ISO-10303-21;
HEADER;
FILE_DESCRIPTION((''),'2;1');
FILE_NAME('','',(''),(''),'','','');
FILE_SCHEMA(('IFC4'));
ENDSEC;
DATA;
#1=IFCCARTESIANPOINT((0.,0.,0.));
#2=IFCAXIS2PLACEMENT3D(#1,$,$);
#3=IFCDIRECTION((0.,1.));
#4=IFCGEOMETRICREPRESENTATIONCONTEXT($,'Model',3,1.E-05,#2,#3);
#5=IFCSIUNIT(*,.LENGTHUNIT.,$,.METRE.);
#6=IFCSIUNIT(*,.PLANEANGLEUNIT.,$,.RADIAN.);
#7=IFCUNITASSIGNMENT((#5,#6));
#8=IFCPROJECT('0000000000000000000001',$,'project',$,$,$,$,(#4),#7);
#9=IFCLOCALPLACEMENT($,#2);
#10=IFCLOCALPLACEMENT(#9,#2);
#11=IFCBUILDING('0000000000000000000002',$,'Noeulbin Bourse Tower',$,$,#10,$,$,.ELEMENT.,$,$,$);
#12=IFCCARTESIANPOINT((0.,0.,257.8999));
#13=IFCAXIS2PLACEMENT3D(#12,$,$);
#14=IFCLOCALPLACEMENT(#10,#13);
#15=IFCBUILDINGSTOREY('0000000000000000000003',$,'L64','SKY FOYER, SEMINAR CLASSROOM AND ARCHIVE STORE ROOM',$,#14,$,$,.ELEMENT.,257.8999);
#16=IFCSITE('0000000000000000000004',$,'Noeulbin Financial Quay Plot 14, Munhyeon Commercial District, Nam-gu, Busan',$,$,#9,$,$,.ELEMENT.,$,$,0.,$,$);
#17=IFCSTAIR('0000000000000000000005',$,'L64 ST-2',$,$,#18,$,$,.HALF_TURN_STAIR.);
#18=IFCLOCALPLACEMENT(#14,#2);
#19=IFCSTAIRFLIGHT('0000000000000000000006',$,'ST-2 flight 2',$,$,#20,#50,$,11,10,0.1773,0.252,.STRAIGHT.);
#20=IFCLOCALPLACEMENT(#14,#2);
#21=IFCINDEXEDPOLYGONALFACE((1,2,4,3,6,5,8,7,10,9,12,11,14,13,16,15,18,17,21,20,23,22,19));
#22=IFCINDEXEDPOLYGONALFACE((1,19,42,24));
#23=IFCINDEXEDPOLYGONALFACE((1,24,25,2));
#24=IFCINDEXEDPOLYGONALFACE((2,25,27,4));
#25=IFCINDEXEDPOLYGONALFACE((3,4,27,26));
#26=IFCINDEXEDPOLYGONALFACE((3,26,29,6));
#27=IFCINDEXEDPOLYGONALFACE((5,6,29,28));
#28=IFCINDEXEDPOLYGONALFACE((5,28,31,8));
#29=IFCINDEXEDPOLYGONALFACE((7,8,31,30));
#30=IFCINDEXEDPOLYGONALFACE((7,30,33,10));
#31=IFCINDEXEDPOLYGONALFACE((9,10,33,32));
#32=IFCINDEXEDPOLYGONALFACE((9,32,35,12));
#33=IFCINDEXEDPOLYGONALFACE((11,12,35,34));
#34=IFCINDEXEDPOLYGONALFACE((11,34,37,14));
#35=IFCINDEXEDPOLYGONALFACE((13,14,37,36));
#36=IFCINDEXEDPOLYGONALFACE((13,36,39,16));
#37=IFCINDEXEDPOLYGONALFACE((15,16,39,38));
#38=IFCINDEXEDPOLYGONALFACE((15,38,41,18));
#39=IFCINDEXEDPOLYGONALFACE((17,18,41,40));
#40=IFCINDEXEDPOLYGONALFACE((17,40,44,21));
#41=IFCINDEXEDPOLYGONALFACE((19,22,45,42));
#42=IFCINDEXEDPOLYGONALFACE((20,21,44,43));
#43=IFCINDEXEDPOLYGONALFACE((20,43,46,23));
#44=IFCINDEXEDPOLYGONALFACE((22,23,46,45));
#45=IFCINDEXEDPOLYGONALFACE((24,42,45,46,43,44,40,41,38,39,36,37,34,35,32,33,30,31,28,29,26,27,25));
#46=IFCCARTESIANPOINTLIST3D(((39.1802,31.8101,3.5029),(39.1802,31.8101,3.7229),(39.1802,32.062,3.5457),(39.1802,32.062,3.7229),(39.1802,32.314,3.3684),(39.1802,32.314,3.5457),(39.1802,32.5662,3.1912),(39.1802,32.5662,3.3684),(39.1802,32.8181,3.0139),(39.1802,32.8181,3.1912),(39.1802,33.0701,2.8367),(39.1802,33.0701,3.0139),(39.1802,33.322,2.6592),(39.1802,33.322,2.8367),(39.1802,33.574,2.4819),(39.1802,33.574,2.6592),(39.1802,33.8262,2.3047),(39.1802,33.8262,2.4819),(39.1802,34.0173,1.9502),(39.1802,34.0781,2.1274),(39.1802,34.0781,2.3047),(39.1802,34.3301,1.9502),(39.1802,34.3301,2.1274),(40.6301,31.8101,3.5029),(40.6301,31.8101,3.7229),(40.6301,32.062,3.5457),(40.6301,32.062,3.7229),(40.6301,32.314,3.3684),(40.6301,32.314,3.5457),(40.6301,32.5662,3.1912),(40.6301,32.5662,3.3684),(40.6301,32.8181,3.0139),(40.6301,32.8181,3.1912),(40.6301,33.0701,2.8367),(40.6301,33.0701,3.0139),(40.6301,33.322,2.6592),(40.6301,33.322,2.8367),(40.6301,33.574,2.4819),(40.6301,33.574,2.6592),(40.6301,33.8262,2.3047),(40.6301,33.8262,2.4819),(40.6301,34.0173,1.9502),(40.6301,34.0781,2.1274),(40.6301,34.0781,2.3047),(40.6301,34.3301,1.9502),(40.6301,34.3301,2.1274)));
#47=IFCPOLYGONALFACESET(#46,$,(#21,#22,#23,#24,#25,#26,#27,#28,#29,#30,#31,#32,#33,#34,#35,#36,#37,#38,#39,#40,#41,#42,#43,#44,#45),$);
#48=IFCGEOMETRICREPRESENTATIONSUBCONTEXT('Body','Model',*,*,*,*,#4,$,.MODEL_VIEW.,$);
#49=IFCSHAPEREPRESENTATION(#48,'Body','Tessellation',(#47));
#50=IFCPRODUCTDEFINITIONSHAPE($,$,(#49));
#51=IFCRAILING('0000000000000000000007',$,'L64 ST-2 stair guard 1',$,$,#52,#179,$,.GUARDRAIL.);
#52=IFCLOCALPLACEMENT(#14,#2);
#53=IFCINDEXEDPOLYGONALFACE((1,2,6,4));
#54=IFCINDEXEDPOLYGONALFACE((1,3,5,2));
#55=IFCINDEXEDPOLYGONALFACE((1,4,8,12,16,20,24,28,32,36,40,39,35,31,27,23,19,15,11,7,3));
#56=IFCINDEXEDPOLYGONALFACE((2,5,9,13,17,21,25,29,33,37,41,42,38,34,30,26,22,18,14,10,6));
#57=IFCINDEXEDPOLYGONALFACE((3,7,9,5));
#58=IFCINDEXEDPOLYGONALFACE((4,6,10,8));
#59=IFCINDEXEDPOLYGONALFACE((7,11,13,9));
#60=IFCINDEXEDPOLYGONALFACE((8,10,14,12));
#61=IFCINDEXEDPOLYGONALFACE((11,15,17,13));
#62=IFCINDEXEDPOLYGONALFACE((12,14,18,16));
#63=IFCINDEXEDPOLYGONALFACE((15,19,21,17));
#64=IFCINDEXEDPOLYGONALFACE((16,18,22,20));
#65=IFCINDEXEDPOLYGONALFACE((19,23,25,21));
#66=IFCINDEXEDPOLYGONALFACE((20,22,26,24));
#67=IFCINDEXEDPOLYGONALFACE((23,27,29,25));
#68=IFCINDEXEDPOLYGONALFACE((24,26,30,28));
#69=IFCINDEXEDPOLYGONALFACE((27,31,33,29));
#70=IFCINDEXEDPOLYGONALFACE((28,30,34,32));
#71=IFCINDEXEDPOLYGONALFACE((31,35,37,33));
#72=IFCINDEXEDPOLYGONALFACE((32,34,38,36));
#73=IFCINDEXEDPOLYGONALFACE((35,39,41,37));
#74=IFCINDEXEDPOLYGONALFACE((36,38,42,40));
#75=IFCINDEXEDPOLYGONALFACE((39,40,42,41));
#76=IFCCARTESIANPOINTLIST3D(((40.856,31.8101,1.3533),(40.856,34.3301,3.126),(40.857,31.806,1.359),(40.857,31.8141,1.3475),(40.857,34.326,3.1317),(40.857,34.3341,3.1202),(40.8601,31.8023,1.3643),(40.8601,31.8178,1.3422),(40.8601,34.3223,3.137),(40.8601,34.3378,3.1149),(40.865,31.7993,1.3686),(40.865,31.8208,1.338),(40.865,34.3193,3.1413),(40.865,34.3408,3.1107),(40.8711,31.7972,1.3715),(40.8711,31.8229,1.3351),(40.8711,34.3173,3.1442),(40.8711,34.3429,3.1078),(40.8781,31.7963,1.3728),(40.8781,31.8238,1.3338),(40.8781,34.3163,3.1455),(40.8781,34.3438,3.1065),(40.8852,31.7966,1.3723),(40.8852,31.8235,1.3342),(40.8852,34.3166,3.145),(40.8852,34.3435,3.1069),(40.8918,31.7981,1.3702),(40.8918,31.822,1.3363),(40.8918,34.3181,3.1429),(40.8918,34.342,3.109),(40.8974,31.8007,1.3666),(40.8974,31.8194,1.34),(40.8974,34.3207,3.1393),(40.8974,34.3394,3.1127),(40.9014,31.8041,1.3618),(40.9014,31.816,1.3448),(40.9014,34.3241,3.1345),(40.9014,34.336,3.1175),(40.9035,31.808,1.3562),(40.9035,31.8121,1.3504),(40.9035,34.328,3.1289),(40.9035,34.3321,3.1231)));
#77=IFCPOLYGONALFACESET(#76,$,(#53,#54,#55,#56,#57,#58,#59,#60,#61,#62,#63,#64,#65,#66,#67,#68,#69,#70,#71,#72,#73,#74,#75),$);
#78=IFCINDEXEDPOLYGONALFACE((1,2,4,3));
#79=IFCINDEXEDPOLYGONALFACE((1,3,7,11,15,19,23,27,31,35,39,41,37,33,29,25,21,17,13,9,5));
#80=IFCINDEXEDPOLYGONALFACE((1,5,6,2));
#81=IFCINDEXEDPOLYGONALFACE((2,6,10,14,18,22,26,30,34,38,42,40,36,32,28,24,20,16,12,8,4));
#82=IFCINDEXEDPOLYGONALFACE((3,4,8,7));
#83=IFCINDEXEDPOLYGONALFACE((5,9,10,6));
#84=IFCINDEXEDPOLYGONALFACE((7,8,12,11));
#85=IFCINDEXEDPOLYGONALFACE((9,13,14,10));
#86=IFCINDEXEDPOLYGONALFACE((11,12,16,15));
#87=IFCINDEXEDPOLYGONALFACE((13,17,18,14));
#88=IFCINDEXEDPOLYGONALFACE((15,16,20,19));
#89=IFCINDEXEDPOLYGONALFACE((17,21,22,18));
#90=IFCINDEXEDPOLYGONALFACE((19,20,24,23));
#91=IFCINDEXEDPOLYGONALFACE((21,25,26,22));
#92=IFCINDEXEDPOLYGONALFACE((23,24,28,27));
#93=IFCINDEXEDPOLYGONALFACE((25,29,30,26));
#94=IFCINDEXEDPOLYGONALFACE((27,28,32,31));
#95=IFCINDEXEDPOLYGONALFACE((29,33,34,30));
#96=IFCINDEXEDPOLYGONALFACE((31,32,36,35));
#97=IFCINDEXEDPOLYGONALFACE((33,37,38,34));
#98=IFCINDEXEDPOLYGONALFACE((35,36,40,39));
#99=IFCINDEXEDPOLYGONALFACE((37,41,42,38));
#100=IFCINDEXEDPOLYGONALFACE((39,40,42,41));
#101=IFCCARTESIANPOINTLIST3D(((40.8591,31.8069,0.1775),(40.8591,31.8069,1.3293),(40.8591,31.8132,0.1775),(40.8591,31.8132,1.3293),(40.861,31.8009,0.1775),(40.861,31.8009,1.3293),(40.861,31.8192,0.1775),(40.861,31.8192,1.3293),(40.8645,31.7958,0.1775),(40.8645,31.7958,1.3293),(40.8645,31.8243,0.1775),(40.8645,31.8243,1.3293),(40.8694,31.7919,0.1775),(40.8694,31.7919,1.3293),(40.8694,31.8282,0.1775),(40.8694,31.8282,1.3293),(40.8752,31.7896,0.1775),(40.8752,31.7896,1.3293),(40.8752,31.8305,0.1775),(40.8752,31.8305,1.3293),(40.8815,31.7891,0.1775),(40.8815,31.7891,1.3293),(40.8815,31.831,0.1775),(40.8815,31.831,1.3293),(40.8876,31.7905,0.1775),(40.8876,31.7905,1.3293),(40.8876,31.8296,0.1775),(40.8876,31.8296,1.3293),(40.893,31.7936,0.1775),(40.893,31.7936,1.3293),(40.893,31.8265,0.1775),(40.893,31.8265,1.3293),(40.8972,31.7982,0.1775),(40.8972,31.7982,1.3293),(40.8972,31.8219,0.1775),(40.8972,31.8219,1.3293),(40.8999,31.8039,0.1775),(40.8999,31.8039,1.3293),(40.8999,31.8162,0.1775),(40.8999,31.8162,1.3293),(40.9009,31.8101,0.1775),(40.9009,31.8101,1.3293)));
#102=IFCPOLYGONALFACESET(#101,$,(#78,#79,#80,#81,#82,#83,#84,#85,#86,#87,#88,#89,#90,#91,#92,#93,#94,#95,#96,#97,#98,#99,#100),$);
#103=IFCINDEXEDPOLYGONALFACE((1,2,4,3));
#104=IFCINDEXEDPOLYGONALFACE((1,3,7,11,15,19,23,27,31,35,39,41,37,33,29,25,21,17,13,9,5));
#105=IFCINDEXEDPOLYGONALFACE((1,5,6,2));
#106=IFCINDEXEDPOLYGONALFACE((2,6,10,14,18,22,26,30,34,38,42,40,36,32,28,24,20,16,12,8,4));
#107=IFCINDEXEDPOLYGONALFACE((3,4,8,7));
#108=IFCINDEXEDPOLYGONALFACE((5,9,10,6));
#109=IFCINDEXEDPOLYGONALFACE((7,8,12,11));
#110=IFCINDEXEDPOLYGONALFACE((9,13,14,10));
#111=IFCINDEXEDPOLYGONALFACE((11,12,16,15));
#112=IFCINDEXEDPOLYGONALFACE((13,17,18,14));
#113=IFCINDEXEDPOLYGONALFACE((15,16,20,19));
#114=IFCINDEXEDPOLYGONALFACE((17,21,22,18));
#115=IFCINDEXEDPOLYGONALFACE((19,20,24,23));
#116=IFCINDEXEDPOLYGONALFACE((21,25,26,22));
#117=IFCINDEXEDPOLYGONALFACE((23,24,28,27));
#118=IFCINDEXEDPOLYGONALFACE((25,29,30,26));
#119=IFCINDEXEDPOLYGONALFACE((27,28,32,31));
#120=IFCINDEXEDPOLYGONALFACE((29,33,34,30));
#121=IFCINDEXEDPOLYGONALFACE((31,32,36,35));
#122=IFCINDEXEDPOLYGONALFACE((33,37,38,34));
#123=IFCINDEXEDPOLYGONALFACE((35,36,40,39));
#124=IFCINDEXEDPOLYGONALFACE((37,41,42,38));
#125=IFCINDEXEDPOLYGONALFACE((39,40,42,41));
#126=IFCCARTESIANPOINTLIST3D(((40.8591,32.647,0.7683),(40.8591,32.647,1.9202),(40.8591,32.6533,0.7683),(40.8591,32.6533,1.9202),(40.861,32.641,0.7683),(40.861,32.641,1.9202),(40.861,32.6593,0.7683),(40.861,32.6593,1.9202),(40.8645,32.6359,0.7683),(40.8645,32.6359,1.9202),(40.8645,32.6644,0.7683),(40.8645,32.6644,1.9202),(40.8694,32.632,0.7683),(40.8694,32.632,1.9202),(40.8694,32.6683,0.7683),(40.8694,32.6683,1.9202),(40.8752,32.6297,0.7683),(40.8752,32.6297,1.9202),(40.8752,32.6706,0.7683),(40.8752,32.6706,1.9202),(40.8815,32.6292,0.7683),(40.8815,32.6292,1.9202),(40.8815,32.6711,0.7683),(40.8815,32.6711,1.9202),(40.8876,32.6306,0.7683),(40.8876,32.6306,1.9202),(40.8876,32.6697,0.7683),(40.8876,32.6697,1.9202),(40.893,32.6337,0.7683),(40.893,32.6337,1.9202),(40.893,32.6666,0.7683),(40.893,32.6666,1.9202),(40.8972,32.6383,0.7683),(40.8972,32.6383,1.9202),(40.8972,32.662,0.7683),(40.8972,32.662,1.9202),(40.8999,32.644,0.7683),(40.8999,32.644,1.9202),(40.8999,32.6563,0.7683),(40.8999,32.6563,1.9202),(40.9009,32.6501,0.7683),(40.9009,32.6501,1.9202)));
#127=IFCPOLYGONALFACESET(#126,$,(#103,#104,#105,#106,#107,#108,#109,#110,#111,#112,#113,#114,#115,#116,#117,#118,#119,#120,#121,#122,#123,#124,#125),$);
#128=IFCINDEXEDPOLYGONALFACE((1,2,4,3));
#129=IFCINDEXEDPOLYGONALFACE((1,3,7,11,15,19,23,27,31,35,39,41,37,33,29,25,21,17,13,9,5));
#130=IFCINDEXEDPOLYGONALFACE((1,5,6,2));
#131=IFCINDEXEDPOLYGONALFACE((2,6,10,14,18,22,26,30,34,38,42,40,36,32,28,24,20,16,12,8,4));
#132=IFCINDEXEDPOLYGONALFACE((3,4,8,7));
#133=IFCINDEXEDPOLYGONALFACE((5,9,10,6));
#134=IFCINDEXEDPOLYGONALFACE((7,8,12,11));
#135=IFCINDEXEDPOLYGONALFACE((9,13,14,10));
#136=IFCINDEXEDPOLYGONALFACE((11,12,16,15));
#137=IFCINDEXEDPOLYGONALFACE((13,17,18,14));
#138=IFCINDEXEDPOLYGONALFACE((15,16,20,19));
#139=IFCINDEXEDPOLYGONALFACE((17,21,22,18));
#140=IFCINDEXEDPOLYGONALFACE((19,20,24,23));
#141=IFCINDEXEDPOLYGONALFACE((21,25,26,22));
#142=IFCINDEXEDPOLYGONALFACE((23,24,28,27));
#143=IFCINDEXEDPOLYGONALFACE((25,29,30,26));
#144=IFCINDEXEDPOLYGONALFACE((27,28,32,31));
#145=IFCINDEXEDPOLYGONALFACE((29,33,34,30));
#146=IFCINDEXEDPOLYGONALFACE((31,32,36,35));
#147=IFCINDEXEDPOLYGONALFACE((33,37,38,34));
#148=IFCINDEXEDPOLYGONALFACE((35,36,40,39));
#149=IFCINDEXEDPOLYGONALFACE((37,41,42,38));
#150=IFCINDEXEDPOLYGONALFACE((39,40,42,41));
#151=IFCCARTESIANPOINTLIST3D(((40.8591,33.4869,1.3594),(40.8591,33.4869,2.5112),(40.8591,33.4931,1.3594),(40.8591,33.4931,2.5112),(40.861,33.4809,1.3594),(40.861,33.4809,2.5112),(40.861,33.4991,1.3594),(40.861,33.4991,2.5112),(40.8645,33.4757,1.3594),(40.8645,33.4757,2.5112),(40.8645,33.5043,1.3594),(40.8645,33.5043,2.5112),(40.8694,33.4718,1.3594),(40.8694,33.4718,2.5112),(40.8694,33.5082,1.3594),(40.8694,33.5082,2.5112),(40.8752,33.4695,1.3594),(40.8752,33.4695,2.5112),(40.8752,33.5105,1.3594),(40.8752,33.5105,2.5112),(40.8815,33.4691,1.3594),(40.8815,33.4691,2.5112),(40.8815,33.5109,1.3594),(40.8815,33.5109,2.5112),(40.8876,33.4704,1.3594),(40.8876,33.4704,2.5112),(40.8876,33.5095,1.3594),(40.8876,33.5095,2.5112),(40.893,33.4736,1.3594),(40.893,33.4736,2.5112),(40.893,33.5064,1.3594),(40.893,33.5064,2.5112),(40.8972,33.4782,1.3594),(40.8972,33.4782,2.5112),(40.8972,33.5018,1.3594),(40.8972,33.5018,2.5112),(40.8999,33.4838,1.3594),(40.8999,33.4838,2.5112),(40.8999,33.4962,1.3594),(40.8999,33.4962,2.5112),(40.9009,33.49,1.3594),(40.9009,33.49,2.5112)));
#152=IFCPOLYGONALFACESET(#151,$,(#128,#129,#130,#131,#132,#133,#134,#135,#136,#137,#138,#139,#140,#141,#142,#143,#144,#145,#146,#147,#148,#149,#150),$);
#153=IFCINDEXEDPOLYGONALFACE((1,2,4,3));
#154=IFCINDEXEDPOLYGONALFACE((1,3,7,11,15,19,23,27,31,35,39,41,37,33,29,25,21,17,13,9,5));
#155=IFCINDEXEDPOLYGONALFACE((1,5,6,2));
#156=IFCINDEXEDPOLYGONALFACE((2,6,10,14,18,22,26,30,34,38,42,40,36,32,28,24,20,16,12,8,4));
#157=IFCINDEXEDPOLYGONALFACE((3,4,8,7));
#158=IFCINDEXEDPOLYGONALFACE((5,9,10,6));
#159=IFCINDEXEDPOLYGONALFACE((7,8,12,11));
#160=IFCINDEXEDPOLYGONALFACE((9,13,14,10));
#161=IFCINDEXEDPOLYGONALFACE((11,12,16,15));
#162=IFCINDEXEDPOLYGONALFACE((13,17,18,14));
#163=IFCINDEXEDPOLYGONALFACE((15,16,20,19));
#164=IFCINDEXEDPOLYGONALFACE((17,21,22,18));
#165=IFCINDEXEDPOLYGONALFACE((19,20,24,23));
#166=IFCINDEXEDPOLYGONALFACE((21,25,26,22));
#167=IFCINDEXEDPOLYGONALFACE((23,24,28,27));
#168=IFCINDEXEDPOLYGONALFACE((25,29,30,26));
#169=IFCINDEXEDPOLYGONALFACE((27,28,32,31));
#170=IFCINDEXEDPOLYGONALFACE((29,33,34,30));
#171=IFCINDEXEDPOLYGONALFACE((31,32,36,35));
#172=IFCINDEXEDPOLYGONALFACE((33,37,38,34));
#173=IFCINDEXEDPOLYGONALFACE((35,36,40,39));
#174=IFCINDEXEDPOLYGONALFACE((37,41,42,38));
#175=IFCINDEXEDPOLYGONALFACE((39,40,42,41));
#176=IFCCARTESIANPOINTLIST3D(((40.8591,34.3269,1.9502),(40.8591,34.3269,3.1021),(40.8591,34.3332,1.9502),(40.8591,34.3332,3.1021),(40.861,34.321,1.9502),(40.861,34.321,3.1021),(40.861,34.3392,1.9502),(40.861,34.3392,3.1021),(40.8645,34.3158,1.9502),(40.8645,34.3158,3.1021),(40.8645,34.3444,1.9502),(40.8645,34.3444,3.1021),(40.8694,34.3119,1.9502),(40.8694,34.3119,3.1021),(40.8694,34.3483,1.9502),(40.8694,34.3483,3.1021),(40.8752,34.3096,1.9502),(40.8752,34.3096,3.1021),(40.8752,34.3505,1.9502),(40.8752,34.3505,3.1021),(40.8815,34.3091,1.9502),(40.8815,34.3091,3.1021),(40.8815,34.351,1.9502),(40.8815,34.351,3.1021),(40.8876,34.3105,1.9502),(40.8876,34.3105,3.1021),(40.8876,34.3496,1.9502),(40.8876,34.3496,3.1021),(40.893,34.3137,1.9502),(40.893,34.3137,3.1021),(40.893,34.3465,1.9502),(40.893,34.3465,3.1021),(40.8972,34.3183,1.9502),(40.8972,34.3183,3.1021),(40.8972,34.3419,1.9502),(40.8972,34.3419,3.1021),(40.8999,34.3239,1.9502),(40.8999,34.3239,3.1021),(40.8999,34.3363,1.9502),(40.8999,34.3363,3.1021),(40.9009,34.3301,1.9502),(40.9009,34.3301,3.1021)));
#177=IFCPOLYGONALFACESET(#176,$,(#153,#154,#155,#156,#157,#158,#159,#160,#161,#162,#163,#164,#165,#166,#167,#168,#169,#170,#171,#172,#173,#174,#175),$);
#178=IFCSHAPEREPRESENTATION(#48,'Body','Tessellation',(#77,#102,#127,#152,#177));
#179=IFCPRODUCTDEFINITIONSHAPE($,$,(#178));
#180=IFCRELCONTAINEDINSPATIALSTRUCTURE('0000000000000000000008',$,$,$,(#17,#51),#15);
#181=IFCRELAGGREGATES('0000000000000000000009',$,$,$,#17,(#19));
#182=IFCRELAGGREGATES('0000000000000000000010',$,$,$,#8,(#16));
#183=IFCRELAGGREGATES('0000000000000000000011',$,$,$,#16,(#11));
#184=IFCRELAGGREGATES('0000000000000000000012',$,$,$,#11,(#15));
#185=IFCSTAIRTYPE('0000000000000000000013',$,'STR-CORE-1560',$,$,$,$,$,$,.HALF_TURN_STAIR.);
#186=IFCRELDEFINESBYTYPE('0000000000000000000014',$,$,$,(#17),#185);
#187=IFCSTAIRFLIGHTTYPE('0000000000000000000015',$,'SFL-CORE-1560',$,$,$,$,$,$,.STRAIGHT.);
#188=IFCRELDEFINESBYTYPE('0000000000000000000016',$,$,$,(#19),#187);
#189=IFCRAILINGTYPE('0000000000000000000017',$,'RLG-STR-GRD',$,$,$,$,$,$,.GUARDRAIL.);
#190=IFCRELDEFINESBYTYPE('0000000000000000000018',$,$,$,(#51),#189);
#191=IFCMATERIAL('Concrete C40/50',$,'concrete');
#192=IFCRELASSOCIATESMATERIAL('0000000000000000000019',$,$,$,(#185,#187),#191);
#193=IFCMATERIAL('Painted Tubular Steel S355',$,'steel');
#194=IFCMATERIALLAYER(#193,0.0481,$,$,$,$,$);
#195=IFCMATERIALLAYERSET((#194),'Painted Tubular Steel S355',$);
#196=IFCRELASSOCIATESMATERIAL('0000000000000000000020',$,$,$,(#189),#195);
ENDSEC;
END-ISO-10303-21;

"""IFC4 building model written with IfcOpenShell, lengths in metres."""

from ifc_helpers import new_model, si_unit, direction, frame, origin, origin_2d, place, context, subcontext, project, spatial, polyline, circle, outline, extrude, material, layer, layer_set, type_object, element, aggregate, save


model = new_model("IFC4")

# Units and contexts
model_context = context("Model", 3, precision=1e-05, world=origin(), true_north=direction((0.0, 1.0)))
body_context = subcontext(model_context, "Body", "Model", "MODEL_VIEW")
ifc_project = project(units=[si_unit("LENGTHUNIT", "METRE"), si_unit("PLANEANGLEUNIT", "RADIAN")], contexts=[model_context])

# Site, building, storey
site_placement = place(None, origin())
site = spatial("IfcSite", under=ifc_project, at=site_placement, Name="Noeulbin Financial Quay Plot 14, Munhyeon Commercial District, Nam-gu, Busan", CompositionType="ELEMENT", RefElevation=0.0)
building_placement = place(site_placement, origin())
building = spatial("IfcBuilding", under=site, at=building_placement, Name="Noeulbin Bourse Tower", CompositionType="ELEMENT")
storey_placement = place(building_placement, frame((0.0, 0.0, 257.8999)))
storey = spatial("IfcBuildingStorey", under=building, at=storey_placement, Name="L64", Description="SKY FOYER, SEMINAR CLASSROOM AND ARCHIVE STORE ROOM", CompositionType="ELEMENT", Elevation=257.8999)

# Shared definitions
ifc_material_1 = material(Name="Concrete C40/50", Category="concrete")

# Stair, stair flight
stair_type = type_object("IfcStairType", Name="STR-CORE-1560", PredefinedType="HALF_TURN_STAIR", material=ifc_material_1)
stair_placement = place(storey_placement, origin())
stair = element("IfcStair", 1, at=stair_placement, inside=storey, type_object=stair_type, Name="L64 ST-2", PredefinedType="HALF_TURN_STAIR")
stair_flight_type = type_object("IfcStairFlightType", Name="SFL-CORE-1560", PredefinedType="STRAIGHT", material=ifc_material_1)
stair_flight_1_placement = place(storey_placement, frame((39.905, 34.3301, 1.9502), z_axis=(0.0, 0.0, 1.0), x_axis=(0.0, -1.0, 0.0)))
stair_flight_1 = element("IfcStairFlight", 2, at=stair_flight_1_placement, type_object=stair_flight_type, Name="ST-2 flight 2", NumberOfRisers=11, NumberOfTreads=10, PredefinedType="STRAIGHT", RiserHeight=0.1773, TreadLength=0.252, context=body_context, shape_type="SweptSolid", body=[
    extrude(outline(polyline([(0.0, 0.0), (0.0, 0.1772), (0.252, 0.1772), (0.252, 0.3545), (0.5039, 0.3545), (0.5039, 0.5317), (0.7561, 0.5317), (0.7561, 0.709), (1.0081, 0.709), (1.0081, 0.8865), (1.26, 0.8865), (1.26, 1.0637), (1.512, 1.0637), (1.512, 1.241), (1.7639, 1.241), (1.7639, 1.4182), (2.0161, 1.4182), (2.0161, 1.5955), (2.2681, 1.5955), (2.2681, 1.7727), (2.52, 1.7727), (2.52, 1.95), (2.52, 1.5527), (0.3127, 0.0), (0.0, 0.0)])), frame((0.0, 0.7251, 0.0), z_axis=(0.0, -1.0, 0.0), x_axis=(1.0, 0.0, 0.0)), (0.0, 0.0, 1.0), 1.45),
])
aggregate(stair, [stair_flight_1])

# Railing
ifc_material_2 = material(Name="Painted Tubular Steel S355", Category="steel")
ifc_layer_1 = layer(ifc_material_2, 0.0481)
ifc_layer_set_1 = layer_set([ifc_layer_1], Name="Painted Tubular Steel S355")
railing_type_1 = type_object("IfcRailingType", Name="RLG-STR-GRD", PredefinedType="GUARDRAIL", material=ifc_layer_set_1)
railing_1_placement = place(storey_placement, frame((40.8799, 31.8101, 0.1775)))
element("IfcRailing", 3, at=railing_1_placement, inside=storey, type_object=railing_type_1, Name="L64 ST-2 stair guard 1", PredefinedType="GUARDRAIL", context=body_context, shape_type="SweptSolid", body=[
    extrude(circle(Radius=0.0239, at=origin_2d()), frame((0.0, 0.0, 1.1758), z_axis=(0.0, 0.817904, 0.575354), x_axis=(-1.0, 0.0, 0.0)), (0.0, 0.0, 1.0), 3.0811),
    extrude(circle(Radius=0.021, at=origin_2d()), origin(), (0.0, 0.0, 1.0), 1.1519),
    extrude(circle(Radius=0.021, at=origin_2d()), frame((0.0, 0.8401, 0.5908)), (0.0, 0.0, 1.0), 1.1519),
    extrude(circle(Radius=0.021, at=origin_2d()), frame((0.0, 1.6799, 1.1819)), (0.0, 0.0, 1.0), 1.1519),
    extrude(circle(Radius=0.021, at=origin_2d()), frame((0.0, 2.52, 1.7727)), (0.0, 0.0, 1.0), 1.1519),
])

save(model, "model.ifc")
